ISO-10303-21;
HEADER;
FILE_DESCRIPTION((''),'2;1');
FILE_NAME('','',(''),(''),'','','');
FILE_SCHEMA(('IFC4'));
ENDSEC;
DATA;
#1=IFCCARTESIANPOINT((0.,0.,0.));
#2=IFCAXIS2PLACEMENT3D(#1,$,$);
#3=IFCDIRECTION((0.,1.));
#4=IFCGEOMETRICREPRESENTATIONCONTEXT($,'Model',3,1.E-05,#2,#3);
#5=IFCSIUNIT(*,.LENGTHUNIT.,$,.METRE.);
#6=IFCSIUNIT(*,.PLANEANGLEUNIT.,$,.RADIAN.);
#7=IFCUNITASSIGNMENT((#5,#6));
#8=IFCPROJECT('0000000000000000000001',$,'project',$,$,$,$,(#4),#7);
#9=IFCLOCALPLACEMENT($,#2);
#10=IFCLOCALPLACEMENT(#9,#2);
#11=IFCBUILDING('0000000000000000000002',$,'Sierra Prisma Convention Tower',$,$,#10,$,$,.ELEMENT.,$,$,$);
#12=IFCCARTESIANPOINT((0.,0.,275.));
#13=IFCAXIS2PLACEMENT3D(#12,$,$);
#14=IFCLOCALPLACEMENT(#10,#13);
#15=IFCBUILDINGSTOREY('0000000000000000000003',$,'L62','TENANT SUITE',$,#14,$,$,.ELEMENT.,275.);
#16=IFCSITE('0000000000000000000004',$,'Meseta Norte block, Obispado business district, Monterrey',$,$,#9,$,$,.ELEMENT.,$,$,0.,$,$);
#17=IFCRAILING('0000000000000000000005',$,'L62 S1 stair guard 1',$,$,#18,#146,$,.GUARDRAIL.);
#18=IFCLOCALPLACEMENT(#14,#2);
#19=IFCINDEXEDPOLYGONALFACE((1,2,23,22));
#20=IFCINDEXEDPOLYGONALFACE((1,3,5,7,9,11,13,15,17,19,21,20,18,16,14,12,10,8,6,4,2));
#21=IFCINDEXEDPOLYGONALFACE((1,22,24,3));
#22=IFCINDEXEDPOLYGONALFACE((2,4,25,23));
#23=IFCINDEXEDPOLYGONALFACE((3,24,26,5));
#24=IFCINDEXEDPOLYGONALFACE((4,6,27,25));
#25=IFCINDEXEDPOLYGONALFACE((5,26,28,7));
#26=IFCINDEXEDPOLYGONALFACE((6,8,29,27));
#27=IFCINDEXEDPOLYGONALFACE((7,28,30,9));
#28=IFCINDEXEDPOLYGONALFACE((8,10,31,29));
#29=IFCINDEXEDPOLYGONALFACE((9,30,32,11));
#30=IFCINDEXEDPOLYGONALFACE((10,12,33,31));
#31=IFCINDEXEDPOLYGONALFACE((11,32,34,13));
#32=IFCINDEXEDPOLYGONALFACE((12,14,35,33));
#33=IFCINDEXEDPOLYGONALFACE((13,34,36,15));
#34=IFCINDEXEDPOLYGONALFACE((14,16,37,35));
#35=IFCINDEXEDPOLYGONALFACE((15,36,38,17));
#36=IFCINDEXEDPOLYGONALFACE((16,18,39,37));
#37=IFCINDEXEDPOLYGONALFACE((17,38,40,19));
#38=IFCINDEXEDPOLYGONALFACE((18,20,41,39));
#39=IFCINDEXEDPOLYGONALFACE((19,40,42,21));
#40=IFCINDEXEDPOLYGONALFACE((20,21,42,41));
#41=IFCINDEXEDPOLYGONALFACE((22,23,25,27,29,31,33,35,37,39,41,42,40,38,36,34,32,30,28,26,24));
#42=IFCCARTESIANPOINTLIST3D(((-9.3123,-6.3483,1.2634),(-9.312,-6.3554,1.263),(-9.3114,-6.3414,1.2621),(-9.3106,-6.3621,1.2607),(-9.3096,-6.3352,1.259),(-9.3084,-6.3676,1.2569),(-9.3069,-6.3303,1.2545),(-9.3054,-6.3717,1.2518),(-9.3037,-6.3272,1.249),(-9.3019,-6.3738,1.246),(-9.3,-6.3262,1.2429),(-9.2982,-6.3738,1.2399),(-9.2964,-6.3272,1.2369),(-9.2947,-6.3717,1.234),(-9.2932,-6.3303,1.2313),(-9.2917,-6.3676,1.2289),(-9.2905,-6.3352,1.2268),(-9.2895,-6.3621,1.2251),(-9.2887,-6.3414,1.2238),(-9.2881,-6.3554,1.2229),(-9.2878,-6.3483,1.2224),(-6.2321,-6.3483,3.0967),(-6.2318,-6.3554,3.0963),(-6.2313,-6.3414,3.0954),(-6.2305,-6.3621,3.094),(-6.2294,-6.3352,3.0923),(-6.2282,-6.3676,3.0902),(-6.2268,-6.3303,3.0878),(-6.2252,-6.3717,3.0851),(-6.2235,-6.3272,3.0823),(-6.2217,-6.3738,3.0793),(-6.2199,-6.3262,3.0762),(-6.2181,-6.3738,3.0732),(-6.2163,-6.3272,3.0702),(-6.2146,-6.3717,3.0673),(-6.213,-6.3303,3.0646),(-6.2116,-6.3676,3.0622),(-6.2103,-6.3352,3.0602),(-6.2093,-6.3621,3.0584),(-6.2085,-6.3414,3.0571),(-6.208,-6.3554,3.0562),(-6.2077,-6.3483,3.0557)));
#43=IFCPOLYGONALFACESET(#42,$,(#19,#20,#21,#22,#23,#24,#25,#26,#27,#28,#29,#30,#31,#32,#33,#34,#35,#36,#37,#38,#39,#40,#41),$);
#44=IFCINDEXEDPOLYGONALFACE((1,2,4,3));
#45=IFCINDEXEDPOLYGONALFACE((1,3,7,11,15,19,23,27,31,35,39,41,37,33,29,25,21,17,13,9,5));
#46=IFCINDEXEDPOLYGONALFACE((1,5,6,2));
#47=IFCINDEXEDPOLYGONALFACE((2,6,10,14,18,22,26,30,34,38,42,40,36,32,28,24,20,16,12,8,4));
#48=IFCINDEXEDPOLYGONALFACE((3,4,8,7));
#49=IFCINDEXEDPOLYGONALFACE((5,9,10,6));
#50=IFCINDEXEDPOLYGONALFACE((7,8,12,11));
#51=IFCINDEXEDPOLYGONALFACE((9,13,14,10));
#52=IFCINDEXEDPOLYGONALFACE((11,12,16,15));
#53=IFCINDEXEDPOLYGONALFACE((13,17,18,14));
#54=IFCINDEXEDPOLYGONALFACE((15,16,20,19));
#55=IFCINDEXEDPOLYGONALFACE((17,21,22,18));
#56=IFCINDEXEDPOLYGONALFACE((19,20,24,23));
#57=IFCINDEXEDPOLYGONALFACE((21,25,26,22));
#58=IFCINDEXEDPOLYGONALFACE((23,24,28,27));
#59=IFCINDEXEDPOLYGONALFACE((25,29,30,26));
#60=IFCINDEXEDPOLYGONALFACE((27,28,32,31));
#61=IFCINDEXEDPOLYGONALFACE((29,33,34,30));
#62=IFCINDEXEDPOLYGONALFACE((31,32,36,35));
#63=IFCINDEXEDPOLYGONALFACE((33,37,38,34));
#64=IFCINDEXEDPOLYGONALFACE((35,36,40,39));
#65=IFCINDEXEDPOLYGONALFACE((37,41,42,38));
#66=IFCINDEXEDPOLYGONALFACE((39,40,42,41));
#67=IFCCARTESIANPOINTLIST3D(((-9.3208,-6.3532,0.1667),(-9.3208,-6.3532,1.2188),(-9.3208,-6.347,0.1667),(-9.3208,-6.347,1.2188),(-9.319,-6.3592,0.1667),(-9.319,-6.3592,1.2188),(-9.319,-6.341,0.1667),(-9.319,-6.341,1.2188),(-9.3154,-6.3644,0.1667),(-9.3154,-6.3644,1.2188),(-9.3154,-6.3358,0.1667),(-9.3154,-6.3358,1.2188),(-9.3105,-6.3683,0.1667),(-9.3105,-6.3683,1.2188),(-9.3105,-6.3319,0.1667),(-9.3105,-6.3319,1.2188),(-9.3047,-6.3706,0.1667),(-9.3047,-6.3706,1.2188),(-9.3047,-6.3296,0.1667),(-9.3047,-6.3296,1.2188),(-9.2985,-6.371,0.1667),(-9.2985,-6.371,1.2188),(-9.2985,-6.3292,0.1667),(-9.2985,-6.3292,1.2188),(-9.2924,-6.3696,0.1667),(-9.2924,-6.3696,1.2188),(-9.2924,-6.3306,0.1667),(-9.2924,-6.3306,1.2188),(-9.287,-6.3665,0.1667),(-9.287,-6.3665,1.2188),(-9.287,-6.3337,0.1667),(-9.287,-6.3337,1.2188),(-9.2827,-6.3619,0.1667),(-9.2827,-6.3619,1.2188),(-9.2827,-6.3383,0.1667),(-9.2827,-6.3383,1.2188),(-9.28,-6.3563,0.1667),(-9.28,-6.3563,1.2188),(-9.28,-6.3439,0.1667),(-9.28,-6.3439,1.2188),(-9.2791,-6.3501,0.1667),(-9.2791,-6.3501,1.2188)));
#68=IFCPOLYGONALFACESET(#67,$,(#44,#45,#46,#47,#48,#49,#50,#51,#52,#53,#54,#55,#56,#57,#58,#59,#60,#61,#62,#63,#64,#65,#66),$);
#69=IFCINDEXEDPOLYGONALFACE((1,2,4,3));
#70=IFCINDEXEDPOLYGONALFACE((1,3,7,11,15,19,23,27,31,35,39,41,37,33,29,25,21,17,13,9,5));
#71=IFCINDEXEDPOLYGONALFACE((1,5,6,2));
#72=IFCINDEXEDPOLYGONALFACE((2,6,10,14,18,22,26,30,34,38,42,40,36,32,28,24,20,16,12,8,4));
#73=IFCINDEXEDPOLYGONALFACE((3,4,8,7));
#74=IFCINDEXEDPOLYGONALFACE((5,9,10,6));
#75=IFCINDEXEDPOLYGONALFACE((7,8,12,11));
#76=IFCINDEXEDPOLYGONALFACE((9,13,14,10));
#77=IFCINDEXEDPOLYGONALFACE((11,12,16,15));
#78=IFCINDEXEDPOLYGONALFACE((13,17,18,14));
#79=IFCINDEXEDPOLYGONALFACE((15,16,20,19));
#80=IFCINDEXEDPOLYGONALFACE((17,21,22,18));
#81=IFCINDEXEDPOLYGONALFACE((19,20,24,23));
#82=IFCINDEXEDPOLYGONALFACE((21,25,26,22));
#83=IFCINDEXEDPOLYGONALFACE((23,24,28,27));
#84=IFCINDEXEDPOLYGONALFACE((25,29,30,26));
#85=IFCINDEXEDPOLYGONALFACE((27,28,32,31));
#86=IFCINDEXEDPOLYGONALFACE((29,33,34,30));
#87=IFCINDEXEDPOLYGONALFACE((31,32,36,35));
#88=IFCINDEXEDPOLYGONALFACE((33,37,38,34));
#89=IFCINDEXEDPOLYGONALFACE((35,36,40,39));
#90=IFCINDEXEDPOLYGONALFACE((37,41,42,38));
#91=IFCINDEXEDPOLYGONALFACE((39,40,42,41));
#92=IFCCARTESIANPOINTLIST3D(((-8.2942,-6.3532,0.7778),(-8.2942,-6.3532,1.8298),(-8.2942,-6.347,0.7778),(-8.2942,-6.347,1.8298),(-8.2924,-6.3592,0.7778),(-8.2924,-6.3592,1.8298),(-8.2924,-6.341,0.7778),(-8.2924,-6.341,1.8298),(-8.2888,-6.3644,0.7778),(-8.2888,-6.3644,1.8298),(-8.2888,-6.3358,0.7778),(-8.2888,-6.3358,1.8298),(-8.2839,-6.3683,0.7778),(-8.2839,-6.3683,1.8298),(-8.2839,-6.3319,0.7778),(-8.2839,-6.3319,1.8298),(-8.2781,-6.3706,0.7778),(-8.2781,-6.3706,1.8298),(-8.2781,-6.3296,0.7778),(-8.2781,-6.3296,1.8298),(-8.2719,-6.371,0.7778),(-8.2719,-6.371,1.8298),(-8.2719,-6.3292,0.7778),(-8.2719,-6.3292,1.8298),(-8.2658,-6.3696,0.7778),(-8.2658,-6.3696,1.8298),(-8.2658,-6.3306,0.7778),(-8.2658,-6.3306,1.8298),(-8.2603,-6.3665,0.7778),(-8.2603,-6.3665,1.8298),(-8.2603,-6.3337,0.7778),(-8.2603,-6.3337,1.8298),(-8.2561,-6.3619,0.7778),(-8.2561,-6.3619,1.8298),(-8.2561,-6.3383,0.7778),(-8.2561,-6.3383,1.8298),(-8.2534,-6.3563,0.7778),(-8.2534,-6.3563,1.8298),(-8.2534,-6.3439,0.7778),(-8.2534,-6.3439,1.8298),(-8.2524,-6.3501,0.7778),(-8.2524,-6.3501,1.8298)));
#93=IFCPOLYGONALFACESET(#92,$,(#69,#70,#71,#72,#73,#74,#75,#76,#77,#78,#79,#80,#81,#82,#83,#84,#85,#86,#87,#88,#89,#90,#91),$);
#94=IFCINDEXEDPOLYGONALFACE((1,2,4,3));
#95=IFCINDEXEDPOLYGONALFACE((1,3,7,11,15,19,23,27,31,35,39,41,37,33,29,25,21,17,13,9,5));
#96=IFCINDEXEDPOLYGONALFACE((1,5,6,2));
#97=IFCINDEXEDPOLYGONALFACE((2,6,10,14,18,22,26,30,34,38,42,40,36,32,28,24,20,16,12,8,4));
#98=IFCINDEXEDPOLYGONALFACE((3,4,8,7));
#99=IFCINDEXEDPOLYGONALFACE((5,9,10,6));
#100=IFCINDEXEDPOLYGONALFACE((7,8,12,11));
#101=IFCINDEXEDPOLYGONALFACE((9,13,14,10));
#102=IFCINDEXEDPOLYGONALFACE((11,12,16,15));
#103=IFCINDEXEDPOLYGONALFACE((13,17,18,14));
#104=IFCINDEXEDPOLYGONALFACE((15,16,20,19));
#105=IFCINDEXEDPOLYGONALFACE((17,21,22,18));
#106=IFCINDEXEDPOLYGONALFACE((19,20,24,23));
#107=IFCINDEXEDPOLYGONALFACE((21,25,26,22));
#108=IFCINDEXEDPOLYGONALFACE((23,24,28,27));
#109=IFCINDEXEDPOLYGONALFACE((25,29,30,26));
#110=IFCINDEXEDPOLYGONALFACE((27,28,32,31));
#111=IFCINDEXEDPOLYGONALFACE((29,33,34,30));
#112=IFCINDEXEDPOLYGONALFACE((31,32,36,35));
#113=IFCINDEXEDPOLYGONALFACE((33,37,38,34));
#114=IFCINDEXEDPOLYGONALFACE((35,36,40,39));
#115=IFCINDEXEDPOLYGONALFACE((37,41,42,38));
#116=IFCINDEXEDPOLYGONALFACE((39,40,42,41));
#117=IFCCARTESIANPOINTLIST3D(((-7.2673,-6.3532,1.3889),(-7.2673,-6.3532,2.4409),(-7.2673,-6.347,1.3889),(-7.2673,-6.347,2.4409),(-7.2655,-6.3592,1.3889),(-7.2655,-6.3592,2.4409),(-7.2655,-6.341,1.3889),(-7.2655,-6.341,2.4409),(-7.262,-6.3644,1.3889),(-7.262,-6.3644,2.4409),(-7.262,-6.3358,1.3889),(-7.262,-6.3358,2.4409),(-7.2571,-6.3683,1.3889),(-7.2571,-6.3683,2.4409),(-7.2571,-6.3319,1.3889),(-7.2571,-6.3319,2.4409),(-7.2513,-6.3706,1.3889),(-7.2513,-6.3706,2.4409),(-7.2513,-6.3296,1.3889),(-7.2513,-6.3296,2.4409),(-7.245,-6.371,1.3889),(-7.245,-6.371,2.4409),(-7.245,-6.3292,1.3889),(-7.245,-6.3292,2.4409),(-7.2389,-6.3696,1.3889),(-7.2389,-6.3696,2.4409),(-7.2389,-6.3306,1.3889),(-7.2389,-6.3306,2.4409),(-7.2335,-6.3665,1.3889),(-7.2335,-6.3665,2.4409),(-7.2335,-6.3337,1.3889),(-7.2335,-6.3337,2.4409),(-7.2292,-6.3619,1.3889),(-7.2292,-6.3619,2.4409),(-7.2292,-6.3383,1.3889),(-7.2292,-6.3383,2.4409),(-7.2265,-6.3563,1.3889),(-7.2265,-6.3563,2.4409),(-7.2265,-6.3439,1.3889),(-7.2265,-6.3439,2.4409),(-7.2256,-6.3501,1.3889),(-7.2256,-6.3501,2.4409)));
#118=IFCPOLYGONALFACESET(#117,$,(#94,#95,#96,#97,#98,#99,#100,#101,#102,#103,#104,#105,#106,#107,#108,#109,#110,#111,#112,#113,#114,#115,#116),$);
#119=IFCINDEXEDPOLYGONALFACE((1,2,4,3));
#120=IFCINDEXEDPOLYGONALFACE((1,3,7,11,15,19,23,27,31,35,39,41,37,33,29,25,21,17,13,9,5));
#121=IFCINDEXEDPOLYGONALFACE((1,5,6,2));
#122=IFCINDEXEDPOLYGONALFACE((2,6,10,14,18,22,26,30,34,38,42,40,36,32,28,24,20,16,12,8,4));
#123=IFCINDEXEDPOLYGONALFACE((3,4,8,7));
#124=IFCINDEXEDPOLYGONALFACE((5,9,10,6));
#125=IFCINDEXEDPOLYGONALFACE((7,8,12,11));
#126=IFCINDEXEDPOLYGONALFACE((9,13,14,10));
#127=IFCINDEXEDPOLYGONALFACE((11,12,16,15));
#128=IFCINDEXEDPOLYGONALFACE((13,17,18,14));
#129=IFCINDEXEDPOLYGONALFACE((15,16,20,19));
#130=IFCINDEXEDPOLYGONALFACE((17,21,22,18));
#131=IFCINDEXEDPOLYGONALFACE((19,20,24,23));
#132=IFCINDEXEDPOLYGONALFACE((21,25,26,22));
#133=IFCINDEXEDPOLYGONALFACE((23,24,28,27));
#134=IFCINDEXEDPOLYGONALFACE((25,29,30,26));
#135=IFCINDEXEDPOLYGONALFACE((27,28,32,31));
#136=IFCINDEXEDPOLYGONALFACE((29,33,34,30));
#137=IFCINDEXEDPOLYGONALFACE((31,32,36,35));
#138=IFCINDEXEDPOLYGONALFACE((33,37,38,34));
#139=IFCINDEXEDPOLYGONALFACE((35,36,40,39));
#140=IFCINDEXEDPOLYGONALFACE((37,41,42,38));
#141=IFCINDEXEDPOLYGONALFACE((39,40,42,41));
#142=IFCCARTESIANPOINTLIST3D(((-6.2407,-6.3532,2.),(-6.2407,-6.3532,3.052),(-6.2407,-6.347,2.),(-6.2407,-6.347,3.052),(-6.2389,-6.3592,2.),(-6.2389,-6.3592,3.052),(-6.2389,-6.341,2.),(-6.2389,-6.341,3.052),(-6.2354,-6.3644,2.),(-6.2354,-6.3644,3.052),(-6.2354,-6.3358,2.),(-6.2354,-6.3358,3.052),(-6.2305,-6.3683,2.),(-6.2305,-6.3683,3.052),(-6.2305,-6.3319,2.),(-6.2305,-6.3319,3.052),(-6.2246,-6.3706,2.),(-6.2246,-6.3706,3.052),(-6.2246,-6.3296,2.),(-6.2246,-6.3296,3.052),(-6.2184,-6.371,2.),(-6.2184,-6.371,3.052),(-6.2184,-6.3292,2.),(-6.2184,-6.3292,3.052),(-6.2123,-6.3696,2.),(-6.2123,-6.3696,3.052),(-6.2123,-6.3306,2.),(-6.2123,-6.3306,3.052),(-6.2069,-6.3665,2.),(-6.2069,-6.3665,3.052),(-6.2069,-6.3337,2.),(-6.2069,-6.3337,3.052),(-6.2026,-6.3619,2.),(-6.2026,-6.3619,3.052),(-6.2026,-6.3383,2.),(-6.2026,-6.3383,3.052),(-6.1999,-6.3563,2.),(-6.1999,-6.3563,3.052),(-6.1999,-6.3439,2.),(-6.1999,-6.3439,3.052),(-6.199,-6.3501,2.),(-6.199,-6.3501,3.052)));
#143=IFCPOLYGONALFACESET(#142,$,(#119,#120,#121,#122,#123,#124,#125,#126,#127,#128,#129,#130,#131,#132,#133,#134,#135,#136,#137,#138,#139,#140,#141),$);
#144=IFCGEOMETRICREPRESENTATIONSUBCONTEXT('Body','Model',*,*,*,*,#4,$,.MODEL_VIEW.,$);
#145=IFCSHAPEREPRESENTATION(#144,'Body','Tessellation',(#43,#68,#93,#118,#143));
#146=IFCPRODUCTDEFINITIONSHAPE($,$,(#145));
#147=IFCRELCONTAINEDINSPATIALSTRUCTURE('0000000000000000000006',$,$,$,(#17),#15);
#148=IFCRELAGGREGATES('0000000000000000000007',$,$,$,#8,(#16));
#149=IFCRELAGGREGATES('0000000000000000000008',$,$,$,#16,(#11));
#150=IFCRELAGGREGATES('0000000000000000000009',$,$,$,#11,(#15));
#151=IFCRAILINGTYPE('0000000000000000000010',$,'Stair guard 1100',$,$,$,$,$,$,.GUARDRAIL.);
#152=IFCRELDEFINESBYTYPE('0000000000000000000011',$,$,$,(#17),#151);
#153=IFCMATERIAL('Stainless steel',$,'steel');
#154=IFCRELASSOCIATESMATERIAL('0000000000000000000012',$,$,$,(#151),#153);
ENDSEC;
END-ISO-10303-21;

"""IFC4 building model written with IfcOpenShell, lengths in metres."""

from ifc_helpers import new_model, si_unit, direction, frame, origin, origin_2d, place, context, subcontext, project, spatial, circle, extrude, material, type_object, element, save


model = new_model("IFC4")

# Units and contexts
model_context = context("Model", 3, precision=1e-05, world=origin(), true_north=direction((0.0, 1.0)))
body_context = subcontext(model_context, "Body", "Model", "MODEL_VIEW")
ifc_project = project(units=[si_unit("LENGTHUNIT", "METRE"), si_unit("PLANEANGLEUNIT", "RADIAN")], contexts=[model_context])

# Site, building, storey
site_placement = place(None, origin())
site = spatial("IfcSite", under=ifc_project, at=site_placement, Name="Meseta Norte block, Obispado business district, Monterrey", CompositionType="ELEMENT", RefElevation=0.0)
building_placement = place(site_placement, origin())
building = spatial("IfcBuilding", under=site, at=building_placement, Name="Sierra Prisma Convention Tower", CompositionType="ELEMENT")
storey_placement = place(building_placement, frame((0.0, 0.0, 275.0)))
storey = spatial("IfcBuildingStorey", under=building, at=storey_placement, Name="L62", Description="TENANT SUITE", CompositionType="ELEMENT", Elevation=275.0)

# Railing
ifc_material_1 = material(Name="Stainless steel", Category="steel")
railing_type_1 = type_object("IfcRailingType", Name="Stair guard 1100", PredefinedType="GUARDRAIL", material=ifc_material_1)
railing_1_placement = place(storey_placement, frame((-9.3, -6.3501, 0.1667)))
element("IfcRailing", 1, at=railing_1_placement, inside=storey, type_object=railing_type_1, Name="L62 S1 stair guard 1", PredefinedType="GUARDRAIL", context=body_context, shape_type="SweptSolid", body=[
    extrude(circle(Radius=0.0239, at=origin_2d()), frame((0.0, 0.0, 1.0762), z_axis=(0.859309, 0.0, 0.511458), x_axis=(0.0, 1.0, 0.0)), (0.0, 0.0, 1.0), 3.5845),
    extrude(circle(Radius=0.021, at=origin_2d()), origin(), (0.0, 0.0, 1.0), 1.052),
    extrude(circle(Radius=0.021, at=origin_2d()), frame((1.0266, 0.0, 0.6111)), (0.0, 0.0, 1.0), 1.052),
    extrude(circle(Radius=0.021, at=origin_2d()), frame((2.0535, 0.0, 1.2222)), (0.0, 0.0, 1.0), 1.052),
    extrude(circle(Radius=0.021, at=origin_2d()), frame((3.0801, 0.0, 1.8333)), (0.0, 0.0, 1.0), 1.052),
])

save(model, "model.ifc")
